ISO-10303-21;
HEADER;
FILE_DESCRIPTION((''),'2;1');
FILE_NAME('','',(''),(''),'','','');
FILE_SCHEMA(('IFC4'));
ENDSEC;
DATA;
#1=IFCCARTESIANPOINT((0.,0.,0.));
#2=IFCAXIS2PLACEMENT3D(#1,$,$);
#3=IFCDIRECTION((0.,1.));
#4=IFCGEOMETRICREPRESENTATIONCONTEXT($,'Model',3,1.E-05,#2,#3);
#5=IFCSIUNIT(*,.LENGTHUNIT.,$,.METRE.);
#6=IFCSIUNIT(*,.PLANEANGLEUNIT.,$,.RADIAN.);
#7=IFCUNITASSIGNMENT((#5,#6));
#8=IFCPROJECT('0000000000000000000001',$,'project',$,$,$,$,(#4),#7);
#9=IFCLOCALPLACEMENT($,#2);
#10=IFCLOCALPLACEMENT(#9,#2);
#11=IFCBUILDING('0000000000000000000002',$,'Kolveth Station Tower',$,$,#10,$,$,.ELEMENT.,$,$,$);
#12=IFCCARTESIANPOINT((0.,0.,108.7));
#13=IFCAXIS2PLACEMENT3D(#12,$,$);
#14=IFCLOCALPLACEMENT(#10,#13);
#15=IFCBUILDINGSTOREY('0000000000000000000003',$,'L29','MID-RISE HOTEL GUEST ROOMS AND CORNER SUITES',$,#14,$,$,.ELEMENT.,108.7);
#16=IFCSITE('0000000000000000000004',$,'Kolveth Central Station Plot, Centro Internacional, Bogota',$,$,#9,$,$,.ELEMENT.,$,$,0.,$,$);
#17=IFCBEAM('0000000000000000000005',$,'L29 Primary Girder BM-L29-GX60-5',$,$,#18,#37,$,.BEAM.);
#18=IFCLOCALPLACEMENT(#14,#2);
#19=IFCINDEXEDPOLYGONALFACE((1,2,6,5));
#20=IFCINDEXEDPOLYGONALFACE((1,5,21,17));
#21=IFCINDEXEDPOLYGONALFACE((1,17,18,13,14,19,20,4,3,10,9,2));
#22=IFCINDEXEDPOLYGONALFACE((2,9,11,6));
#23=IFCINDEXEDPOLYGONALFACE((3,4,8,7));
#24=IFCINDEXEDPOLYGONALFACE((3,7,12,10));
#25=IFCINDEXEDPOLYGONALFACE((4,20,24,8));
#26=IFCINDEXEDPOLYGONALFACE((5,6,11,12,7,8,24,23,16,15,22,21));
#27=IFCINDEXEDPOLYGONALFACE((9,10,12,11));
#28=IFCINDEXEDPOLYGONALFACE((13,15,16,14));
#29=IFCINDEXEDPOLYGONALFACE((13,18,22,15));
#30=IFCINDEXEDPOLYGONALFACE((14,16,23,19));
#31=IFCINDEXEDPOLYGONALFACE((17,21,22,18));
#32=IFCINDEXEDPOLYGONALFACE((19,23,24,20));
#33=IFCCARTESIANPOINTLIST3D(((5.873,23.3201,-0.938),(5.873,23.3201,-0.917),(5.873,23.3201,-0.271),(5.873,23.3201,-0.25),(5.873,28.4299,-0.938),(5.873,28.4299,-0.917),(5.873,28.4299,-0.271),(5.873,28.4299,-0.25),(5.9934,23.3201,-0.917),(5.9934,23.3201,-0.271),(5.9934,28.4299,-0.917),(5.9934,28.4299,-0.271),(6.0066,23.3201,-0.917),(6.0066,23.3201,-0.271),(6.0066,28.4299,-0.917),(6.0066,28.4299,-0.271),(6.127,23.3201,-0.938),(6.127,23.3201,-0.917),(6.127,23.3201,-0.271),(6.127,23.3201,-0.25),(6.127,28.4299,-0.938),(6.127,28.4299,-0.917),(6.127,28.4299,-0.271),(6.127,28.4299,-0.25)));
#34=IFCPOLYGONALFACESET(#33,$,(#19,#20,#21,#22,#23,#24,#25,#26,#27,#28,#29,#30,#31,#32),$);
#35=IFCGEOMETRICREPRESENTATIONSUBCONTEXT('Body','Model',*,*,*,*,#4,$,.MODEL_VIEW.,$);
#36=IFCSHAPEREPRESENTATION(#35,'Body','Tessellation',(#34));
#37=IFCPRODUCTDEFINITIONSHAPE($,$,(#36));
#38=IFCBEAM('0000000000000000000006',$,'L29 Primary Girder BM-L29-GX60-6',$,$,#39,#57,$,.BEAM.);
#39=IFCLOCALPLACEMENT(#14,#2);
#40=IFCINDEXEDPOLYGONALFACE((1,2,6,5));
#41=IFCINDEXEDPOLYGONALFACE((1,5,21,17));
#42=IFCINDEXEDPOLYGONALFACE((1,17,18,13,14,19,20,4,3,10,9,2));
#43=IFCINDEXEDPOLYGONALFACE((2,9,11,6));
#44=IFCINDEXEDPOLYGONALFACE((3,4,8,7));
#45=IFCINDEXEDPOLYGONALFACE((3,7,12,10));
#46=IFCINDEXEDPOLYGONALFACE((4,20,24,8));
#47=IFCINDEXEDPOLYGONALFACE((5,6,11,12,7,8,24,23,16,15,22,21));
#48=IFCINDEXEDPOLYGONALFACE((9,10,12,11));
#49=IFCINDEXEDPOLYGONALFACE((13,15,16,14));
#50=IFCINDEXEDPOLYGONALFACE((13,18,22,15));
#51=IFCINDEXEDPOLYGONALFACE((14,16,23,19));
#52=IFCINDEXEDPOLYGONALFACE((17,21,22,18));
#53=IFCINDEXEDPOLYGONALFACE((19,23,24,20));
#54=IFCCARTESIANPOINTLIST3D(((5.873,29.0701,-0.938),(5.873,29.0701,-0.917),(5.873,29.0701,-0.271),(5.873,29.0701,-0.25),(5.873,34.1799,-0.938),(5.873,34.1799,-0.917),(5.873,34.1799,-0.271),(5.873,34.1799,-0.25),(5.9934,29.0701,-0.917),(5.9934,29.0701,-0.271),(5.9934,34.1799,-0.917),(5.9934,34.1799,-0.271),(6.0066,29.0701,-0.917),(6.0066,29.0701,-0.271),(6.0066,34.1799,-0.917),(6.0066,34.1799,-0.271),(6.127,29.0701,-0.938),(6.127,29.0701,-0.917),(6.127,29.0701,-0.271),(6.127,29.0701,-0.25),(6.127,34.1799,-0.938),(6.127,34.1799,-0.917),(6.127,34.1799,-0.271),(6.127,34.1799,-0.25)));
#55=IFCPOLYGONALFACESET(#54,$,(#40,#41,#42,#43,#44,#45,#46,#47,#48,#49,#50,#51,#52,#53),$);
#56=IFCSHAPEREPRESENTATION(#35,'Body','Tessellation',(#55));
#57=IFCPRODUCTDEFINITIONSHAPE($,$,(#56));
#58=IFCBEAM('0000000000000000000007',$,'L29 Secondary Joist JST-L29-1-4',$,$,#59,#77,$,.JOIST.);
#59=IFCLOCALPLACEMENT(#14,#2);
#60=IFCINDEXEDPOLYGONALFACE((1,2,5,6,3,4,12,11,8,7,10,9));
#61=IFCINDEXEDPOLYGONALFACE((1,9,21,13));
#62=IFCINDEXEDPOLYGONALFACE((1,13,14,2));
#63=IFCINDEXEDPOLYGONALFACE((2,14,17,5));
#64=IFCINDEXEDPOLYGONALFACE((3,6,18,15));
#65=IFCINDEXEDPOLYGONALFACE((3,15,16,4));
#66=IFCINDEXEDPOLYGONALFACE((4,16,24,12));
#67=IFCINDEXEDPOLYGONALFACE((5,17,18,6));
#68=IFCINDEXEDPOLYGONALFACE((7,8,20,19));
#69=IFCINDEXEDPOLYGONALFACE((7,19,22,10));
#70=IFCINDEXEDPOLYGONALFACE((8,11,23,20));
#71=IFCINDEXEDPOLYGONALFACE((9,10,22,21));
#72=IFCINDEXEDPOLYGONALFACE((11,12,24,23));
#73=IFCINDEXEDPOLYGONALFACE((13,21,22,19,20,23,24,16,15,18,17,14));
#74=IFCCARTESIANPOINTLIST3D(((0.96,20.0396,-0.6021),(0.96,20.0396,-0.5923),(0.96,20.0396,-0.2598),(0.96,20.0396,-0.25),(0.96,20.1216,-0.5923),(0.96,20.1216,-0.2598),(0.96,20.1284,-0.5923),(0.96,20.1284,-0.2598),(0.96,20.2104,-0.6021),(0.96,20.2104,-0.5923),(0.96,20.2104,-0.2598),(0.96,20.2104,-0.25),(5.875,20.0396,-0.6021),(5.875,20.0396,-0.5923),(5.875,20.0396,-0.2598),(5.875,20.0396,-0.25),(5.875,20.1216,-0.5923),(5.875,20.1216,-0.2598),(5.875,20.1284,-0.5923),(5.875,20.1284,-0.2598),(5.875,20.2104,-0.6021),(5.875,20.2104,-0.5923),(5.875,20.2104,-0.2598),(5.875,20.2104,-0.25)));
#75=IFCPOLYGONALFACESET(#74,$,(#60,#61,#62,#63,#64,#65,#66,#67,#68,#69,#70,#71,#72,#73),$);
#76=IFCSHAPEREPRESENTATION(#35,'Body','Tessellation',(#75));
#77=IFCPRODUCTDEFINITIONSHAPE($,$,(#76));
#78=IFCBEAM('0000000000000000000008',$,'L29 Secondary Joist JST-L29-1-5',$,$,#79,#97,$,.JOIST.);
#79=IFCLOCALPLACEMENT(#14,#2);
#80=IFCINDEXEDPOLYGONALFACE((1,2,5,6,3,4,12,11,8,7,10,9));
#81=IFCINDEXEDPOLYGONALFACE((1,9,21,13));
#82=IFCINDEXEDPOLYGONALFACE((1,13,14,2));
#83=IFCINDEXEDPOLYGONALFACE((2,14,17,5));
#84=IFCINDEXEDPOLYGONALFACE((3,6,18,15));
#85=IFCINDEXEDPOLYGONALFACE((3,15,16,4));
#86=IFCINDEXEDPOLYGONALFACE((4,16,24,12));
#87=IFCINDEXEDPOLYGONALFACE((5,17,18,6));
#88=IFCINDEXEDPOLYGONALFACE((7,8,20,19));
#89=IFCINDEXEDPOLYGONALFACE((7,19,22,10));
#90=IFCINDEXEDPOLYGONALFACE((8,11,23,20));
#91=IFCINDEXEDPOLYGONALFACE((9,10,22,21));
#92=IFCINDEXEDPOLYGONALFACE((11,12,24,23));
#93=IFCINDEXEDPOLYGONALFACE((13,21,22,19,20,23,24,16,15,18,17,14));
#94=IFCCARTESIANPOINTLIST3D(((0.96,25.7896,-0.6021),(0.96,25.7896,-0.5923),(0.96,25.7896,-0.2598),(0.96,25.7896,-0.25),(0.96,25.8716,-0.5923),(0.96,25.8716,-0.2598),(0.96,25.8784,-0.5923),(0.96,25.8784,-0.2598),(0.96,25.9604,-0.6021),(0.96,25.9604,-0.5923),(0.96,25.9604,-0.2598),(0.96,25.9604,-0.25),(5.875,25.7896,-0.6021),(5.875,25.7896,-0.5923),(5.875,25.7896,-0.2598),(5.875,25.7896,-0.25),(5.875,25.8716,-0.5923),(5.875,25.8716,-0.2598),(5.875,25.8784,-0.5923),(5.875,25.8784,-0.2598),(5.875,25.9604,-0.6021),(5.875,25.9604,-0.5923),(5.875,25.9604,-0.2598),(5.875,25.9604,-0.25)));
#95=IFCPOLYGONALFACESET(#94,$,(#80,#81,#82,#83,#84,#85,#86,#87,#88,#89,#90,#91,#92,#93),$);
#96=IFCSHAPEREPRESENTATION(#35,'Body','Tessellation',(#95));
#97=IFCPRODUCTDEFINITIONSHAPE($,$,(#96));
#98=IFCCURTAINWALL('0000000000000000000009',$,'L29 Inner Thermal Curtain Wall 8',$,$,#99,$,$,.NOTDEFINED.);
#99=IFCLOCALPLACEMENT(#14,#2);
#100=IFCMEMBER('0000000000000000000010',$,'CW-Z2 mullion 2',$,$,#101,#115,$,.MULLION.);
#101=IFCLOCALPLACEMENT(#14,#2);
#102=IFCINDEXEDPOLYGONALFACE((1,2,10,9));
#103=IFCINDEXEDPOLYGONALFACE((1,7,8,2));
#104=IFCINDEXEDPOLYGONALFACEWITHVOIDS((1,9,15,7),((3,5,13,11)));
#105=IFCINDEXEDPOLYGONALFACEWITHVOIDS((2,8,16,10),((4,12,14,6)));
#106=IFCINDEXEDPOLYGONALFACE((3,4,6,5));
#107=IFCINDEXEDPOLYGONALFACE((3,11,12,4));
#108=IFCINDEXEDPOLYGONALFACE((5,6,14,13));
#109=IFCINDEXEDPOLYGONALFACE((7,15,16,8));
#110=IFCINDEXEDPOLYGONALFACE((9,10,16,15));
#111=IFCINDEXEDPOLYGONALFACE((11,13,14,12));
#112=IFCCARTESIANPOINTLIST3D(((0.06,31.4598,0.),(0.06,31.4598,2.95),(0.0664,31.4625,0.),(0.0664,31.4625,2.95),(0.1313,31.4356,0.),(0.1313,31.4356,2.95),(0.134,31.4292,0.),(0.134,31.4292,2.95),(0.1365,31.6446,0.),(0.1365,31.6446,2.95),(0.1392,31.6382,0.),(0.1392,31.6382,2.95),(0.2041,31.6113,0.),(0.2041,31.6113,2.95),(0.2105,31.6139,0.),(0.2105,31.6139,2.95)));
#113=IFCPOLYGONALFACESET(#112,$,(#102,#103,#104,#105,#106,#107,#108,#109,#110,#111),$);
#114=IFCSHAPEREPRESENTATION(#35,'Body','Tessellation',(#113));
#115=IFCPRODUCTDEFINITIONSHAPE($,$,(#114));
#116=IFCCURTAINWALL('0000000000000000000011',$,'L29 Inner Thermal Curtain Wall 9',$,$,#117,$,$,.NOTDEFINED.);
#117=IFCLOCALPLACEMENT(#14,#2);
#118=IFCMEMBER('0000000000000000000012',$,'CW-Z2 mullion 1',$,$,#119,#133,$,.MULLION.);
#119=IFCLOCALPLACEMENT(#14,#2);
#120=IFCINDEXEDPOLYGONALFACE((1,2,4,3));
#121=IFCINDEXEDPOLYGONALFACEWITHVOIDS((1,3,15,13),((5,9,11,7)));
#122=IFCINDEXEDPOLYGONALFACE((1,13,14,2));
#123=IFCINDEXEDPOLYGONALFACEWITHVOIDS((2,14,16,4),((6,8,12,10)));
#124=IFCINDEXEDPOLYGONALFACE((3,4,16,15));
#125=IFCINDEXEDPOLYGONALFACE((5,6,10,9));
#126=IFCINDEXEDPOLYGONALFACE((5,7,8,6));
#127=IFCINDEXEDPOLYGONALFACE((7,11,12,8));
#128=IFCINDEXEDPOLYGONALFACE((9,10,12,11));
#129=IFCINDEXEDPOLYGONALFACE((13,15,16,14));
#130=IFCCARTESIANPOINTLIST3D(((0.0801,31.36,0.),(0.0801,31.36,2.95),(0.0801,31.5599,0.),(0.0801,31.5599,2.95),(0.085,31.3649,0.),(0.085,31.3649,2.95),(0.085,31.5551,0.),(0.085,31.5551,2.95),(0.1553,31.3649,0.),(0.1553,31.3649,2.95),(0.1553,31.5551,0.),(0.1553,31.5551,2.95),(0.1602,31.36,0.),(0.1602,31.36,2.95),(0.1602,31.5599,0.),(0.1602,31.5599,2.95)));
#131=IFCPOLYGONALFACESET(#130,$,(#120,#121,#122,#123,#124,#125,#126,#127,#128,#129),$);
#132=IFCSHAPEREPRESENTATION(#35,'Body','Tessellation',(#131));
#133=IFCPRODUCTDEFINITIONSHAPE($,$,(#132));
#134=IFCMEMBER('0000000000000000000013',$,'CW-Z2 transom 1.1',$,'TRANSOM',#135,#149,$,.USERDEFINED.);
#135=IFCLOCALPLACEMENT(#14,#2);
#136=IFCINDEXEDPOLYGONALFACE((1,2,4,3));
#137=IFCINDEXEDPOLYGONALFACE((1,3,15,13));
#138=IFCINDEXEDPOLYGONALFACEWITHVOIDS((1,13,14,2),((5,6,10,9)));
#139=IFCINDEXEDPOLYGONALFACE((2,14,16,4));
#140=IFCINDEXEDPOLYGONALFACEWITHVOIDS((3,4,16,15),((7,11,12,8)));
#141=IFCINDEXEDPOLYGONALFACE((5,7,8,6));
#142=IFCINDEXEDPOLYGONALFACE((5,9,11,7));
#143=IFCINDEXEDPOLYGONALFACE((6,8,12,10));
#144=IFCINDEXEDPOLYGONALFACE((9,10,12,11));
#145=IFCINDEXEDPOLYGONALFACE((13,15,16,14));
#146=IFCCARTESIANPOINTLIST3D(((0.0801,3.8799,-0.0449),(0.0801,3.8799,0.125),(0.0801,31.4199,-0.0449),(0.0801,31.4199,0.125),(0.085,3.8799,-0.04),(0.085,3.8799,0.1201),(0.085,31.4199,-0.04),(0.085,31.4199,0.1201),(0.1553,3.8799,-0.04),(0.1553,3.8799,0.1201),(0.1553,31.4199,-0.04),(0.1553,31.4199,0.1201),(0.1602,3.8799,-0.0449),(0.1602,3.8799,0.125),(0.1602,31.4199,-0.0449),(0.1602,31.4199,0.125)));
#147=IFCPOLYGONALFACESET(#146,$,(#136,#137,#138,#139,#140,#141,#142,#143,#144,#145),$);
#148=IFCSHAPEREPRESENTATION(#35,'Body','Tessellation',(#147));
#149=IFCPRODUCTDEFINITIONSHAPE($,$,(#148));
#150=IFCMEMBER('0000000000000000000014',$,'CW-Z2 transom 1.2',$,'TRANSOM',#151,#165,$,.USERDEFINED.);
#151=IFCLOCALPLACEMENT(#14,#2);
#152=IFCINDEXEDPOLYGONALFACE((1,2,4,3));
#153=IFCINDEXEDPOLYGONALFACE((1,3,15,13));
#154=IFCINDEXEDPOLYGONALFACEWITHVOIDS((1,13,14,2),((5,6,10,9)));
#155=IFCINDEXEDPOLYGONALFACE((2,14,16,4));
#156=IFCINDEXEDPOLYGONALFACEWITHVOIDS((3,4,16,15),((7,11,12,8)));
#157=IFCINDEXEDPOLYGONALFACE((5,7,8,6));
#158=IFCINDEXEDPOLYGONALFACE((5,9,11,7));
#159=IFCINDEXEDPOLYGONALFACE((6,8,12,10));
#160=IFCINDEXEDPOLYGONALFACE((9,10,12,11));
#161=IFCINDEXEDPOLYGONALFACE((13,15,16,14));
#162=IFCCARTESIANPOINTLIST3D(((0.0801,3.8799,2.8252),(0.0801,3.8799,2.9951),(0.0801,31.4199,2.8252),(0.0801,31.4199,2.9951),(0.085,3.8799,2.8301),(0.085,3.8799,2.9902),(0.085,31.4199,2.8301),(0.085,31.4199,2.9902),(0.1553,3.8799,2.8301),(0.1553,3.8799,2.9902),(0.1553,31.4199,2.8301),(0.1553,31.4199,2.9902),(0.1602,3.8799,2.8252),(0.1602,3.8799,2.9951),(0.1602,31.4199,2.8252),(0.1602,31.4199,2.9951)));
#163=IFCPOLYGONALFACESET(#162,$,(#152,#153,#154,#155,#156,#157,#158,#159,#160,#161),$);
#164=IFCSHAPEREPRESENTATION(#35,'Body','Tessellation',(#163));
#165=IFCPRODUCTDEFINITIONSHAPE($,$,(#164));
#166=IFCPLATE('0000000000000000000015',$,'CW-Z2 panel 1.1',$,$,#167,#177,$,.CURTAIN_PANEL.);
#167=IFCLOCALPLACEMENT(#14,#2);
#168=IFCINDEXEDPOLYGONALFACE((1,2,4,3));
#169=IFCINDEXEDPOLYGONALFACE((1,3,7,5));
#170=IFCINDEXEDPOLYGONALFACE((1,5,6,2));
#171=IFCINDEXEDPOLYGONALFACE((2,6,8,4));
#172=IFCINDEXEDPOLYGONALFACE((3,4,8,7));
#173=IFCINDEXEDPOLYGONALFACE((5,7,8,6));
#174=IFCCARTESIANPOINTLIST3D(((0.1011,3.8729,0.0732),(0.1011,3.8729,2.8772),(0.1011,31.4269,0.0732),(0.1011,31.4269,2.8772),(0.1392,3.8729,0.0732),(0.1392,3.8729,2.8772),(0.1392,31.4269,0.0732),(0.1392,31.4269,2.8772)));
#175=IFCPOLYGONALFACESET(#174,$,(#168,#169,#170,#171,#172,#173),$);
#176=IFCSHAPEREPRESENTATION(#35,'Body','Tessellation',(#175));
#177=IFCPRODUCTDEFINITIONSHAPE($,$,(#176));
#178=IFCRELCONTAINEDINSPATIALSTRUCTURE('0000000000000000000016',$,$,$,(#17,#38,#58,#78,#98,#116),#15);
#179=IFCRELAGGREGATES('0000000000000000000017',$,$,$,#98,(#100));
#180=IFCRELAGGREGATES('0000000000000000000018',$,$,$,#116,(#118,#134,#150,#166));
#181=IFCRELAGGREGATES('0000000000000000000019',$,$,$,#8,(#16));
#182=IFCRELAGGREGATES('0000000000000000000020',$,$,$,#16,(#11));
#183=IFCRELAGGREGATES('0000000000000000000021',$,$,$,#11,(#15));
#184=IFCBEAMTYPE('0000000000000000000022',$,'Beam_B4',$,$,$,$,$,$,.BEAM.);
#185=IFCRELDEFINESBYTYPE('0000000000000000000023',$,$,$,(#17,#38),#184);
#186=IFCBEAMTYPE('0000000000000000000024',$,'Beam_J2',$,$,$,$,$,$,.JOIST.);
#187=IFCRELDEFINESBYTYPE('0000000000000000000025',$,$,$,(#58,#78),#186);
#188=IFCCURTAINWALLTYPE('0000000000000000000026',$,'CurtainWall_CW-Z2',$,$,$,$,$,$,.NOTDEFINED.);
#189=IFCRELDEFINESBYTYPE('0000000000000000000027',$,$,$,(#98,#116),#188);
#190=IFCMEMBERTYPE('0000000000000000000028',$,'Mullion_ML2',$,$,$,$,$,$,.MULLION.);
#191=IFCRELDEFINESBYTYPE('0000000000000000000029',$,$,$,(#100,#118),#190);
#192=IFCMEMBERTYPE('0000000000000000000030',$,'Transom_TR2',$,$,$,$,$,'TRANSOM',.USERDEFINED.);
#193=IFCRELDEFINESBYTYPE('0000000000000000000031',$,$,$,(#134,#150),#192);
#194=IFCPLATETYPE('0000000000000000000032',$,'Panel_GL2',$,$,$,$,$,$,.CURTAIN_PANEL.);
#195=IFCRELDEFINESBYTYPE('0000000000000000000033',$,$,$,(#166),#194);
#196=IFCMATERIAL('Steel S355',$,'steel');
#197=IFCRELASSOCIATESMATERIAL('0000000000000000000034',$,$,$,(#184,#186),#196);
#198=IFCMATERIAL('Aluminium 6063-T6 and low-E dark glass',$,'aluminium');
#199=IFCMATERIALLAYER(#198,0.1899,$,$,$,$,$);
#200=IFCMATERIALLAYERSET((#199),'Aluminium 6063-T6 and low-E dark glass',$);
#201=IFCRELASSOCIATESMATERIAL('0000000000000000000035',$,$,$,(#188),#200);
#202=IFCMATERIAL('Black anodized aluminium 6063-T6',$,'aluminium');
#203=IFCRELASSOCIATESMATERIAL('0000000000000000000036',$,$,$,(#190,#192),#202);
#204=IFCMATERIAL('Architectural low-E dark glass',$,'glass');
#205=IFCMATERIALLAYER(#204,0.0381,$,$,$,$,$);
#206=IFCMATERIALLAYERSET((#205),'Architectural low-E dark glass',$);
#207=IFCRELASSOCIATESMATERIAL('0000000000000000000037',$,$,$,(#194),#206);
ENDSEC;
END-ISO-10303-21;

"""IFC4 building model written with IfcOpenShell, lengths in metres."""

from ifc_helpers import new_model, si_unit, direction, frame, origin, origin_2d, place, context, subcontext, project, spatial, rectangle, hollow_rectangle, i_section, extrude, source, transform, mapped, material, layer, layer_set, material_profile, profile_set, type_object, element, aggregate, save


model = new_model("IFC4")

# Units and contexts
model_context = context("Model", 3, precision=1e-05, world=origin(), true_north=direction((0.0, 1.0)))
body_context = subcontext(model_context, "Body", "Model", "MODEL_VIEW")
ifc_project = project(units=[si_unit("LENGTHUNIT", "METRE"), si_unit("PLANEANGLEUNIT", "RADIAN")], contexts=[model_context])

# Site, building, storey
site_placement = place(None, origin())
site = spatial("IfcSite", under=ifc_project, at=site_placement, Name="Kolveth Central Station Plot, Centro Internacional, Bogota", CompositionType="ELEMENT", RefElevation=0.0)
building_placement = place(site_placement, origin())
building = spatial("IfcBuilding", under=site, at=building_placement, Name="Kolveth Station Tower", CompositionType="ELEMENT")
storey_placement = place(building_placement, frame((0.0, 0.0, 108.7)))
storey = spatial("IfcBuildingStorey", under=building, at=storey_placement, Name="L29", Description="MID-RISE HOTEL GUEST ROOMS AND CORNER SUITES", CompositionType="ELEMENT", Elevation=108.7)

# Beams
ifc_material_1 = material(Name="Steel S355", Category="steel")
ifc_material_profile_1 = material_profile(ifc_material_1, i_section(OverallWidth=0.2539, OverallDepth=0.688, WebThickness=0.0132, FlangeThickness=0.021, at=origin_2d()), Name="W690x152")
ifc_profile_set_1 = profile_set([ifc_material_profile_1], Name="Steel S355")
beam_type_1 = type_object("IfcBeamType", Name="Beam_B4", PredefinedType="BEAM", material=ifc_profile_set_1)
shared_shape_1 = source(origin(), body_context, "Body", "SweptSolid", [
    extrude(i_section(OverallWidth=0.2539, OverallDepth=0.688, WebThickness=0.0132, FlangeThickness=0.021, at=origin_2d()), origin(), (0.0, 0.0, 1.0), 5.1099),
])
for number, where, z_axis, x_axis, name in (
    (1, (6.0, 23.3201, -0.594), (0.0, 1.0, 0.0), (-1.0, 0.0, 0.0), "L29 Primary Girder BM-L29-GX60-5"),
    (2, (6.0, 29.0701, -0.594), (0.0, 1.0, 0.0), (-1.0, 0.0, 0.0), "L29 Primary Girder BM-L29-GX60-6"),
):
    element("IfcBeam", number, at=place(storey_placement, frame(where, z_axis=z_axis, x_axis=x_axis)), inside=storey, type_object=beam_type_1, Name=name, PredefinedType="BEAM", context=body_context, shape_type="MappedRepresentation", body=[
        mapped(shared_shape_1, transform((0.0, 0.0, 0.0), x_axis=(1.0, 0.0, 0.0), y_axis=(0.0, 1.0, 0.0), z_axis=(0.0, 0.0, 1.0), scale=1.0)),
    ])
ifc_material_profile_2 = material_profile(ifc_material_1, i_section(OverallWidth=0.1709, OverallDepth=0.3521, WebThickness=0.0068, FlangeThickness=0.0098, at=origin_2d()), Name="W360x44")
ifc_profile_set_2 = profile_set([ifc_material_profile_2], Name="Steel S355")
beam_type_2 = type_object("IfcBeamType", Name="Beam_J2", PredefinedType="JOIST", material=ifc_profile_set_2)
shared_shape_2 = source(origin(), body_context, "Body", "SweptSolid", [
    extrude(i_section(OverallWidth=0.1709, OverallDepth=0.3521, WebThickness=0.0068, FlangeThickness=0.0098, at=origin_2d()), origin(), (0.0, 0.0, 1.0), 4.915),
])
for number, where, z_axis, x_axis, name in (
    (3, (0.96, 20.125, -0.426), (1.0, 0.0, 0.0), (0.0, 1.0, 0.0), "L29 Secondary Joist JST-L29-1-4"),
    (4, (0.96, 25.875, -0.426), (1.0, 0.0, 0.0), (0.0, 1.0, 0.0), "L29 Secondary Joist JST-L29-1-5"),
):
    element("IfcBeam", number, at=place(storey_placement, frame(where, z_axis=z_axis, x_axis=x_axis)), inside=storey, type_object=beam_type_2, Name=name, PredefinedType="JOIST", context=body_context, shape_type="MappedRepresentation", body=[
        mapped(shared_shape_2, transform((0.0, 0.0, 0.0), x_axis=(1.0, 0.0, 0.0), y_axis=(0.0, 1.0, 0.0), z_axis=(0.0, 0.0, 1.0), scale=1.0)),
    ])

# Curtain wall, member
ifc_material_2 = material(Name="Aluminium 6063-T6 and low-E dark glass", Category="aluminium")
ifc_layer_1 = layer(ifc_material_2, 0.1899)
ifc_layer_set_1 = layer_set([ifc_layer_1], Name="Aluminium 6063-T6 and low-E dark glass")
curtain_wall_type_1 = type_object("IfcCurtainWallType", Name="CurtainWall_CW-Z2", PredefinedType="NOTDEFINED", material=ifc_layer_set_1)
curtain_wall_1_placement = place(storey_placement, origin())
curtain_wall_1 = element("IfcCurtainWall", 5, at=curtain_wall_1_placement, inside=storey, type_object=curtain_wall_type_1, Name="L29 Inner Thermal Curtain Wall 8", PredefinedType="NOTDEFINED")
ifc_material_3 = material(Name="Black anodized aluminium 6063-T6", Category="aluminium")
ifc_material_profile_3 = material_profile(ifc_material_3, hollow_rectangle(XDim=0.0801, YDim=0.2, WallThickness=0.0049, at=origin_2d()), Name="ALU-80x200x5")
ifc_profile_set_3 = profile_set([ifc_material_profile_3], Name="Black anodized aluminium 6063-T6")
member_type_1 = type_object("IfcMemberType", Name="Mullion_ML2", PredefinedType="MULLION", material=ifc_profile_set_3)
shared_shape_3 = source(origin(), body_context, "Body", "SweptSolid", [
    extrude(hollow_rectangle(XDim=0.0801, YDim=0.2, WallThickness=0.0049, at=origin_2d()), origin(), (0.0, 0.0, 1.0), 2.95),
])
member_1_placement = place(storey_placement, frame((0.1353, 31.5369, 0.0), z_axis=(0.0, 0.0, 1.0), x_axis=(0.923888, -0.382663, 0.0)))
member_1 = element("IfcMember", 6, at=member_1_placement, type_object=member_type_1, Name="CW-Z2 mullion 2", PredefinedType="MULLION", context=body_context, shape_type="MappedRepresentation", body=[
    mapped(shared_shape_3, transform((0.0, 0.0, 0.0), x_axis=(1.0, 0.0, 0.0), y_axis=(0.0, 1.0, 0.0), z_axis=(0.0, 0.0, 1.0), scale=1.0)),
])
aggregate(curtain_wall_1, [member_1])

# Curtain wall, members, plate
curtain_wall_2_placement = place(storey_placement, origin())
curtain_wall_2 = element("IfcCurtainWall", 7, at=curtain_wall_2_placement, inside=storey, type_object=curtain_wall_type_1, Name="L29 Inner Thermal Curtain Wall 9", PredefinedType="NOTDEFINED")
member_2_placement = place(storey_placement, frame((0.1201, 31.46, 0.0), z_axis=(0.0, 0.0, 1.0), x_axis=(1.0, 0.0, 0.0)))
member_2 = element("IfcMember", 8, at=member_2_placement, type_object=member_type_1, Name="CW-Z2 mullion 1", PredefinedType="MULLION", context=body_context, shape_type="MappedRepresentation", body=[
    mapped(shared_shape_3, transform((0.0, 0.0, 0.0), x_axis=(1.0, 0.0, 0.0), y_axis=(0.0, 1.0, 0.0), z_axis=(0.0, 0.0, 1.0), scale=1.0)),
])
ifc_material_profile_4 = material_profile(ifc_material_3, hollow_rectangle(XDim=0.0801, YDim=0.1699, WallThickness=0.0049, at=origin_2d()), Name="ALU-80x170x5")
ifc_profile_set_4 = profile_set([ifc_material_profile_4], Name="Black anodized aluminium 6063-T6")
member_type_2 = type_object("IfcMemberType", Name="Transom_TR2", ElementType="TRANSOM", PredefinedType="USERDEFINED", material=ifc_profile_set_4)
shared_shape_4 = source(origin(), body_context, "Body", "SweptSolid", [
    extrude(hollow_rectangle(XDim=0.0801, YDim=0.1699, WallThickness=0.0049, at=origin_2d()), origin(), (0.0, 0.0, 1.0), 27.54),
])
member_3_placement = place(storey_placement, frame((0.1201, 31.4199, 0.04), z_axis=(0.0, -1.0, 0.0), x_axis=(1.0, 0.0, 0.0)))
member_3 = element("IfcMember", 9, at=member_3_placement, type_object=member_type_2, Name="CW-Z2 transom 1.1", ObjectType="TRANSOM", PredefinedType="USERDEFINED", context=body_context, shape_type="MappedRepresentation", body=[
    mapped(shared_shape_4, transform((0.0, 0.0, 0.0), x_axis=(1.0, 0.0, 0.0), y_axis=(0.0, 1.0, 0.0), z_axis=(0.0, 0.0, 1.0), scale=1.0)),
])
member_4_placement = place(storey_placement, frame((0.1201, 31.4199, 2.9102), z_axis=(0.0, -1.0, 0.0), x_axis=(1.0, 0.0, 0.0)))
member_4 = element("IfcMember", 10, at=member_4_placement, type_object=member_type_2, Name="CW-Z2 transom 1.2", ObjectType="TRANSOM", PredefinedType="USERDEFINED", context=body_context, shape_type="MappedRepresentation", body=[
    mapped(shared_shape_4, transform((0.0, 0.0, 0.0), x_axis=(1.0, 0.0, 0.0), y_axis=(0.0, 1.0, 0.0), z_axis=(0.0, 0.0, 1.0), scale=1.0)),
])
ifc_material_4 = material(Name="Architectural low-E dark glass", Category="glass")
ifc_layer_2 = layer(ifc_material_4, 0.0381)
ifc_layer_set_2 = layer_set([ifc_layer_2], Name="Architectural low-E dark glass")
plate_type_1 = type_object("IfcPlateType", Name="Panel_GL2", PredefinedType="CURTAIN_PANEL", material=ifc_layer_set_2)
shared_shape_5 = source(origin(), body_context, "Body", "SweptSolid", [
    extrude(rectangle(XDim=27.554, YDim=0.0381, at=origin_2d()), origin(), (0.0, 0.0, 1.0), 2.804),
])
plate_1_placement = place(storey_placement, frame((0.1201, 17.6499, 0.0732), z_axis=(0.0, 0.0, 1.0), x_axis=(0.0, -1.0, 0.0)))
plate_1 = element("IfcPlate", 11, at=plate_1_placement, type_object=plate_type_1, Name="CW-Z2 panel 1.1", PredefinedType="CURTAIN_PANEL", context=body_context, shape_type="MappedRepresentation", body=[
    mapped(shared_shape_5, transform((0.0, 0.0, 0.0), x_axis=(1.0, 0.0, 0.0), y_axis=(0.0, 1.0, 0.0), z_axis=(0.0, 0.0, 1.0), scale=1.0)),
])
aggregate(curtain_wall_2, [member_2, member_3, member_4, plate_1])

save(model, "model.ifc")
